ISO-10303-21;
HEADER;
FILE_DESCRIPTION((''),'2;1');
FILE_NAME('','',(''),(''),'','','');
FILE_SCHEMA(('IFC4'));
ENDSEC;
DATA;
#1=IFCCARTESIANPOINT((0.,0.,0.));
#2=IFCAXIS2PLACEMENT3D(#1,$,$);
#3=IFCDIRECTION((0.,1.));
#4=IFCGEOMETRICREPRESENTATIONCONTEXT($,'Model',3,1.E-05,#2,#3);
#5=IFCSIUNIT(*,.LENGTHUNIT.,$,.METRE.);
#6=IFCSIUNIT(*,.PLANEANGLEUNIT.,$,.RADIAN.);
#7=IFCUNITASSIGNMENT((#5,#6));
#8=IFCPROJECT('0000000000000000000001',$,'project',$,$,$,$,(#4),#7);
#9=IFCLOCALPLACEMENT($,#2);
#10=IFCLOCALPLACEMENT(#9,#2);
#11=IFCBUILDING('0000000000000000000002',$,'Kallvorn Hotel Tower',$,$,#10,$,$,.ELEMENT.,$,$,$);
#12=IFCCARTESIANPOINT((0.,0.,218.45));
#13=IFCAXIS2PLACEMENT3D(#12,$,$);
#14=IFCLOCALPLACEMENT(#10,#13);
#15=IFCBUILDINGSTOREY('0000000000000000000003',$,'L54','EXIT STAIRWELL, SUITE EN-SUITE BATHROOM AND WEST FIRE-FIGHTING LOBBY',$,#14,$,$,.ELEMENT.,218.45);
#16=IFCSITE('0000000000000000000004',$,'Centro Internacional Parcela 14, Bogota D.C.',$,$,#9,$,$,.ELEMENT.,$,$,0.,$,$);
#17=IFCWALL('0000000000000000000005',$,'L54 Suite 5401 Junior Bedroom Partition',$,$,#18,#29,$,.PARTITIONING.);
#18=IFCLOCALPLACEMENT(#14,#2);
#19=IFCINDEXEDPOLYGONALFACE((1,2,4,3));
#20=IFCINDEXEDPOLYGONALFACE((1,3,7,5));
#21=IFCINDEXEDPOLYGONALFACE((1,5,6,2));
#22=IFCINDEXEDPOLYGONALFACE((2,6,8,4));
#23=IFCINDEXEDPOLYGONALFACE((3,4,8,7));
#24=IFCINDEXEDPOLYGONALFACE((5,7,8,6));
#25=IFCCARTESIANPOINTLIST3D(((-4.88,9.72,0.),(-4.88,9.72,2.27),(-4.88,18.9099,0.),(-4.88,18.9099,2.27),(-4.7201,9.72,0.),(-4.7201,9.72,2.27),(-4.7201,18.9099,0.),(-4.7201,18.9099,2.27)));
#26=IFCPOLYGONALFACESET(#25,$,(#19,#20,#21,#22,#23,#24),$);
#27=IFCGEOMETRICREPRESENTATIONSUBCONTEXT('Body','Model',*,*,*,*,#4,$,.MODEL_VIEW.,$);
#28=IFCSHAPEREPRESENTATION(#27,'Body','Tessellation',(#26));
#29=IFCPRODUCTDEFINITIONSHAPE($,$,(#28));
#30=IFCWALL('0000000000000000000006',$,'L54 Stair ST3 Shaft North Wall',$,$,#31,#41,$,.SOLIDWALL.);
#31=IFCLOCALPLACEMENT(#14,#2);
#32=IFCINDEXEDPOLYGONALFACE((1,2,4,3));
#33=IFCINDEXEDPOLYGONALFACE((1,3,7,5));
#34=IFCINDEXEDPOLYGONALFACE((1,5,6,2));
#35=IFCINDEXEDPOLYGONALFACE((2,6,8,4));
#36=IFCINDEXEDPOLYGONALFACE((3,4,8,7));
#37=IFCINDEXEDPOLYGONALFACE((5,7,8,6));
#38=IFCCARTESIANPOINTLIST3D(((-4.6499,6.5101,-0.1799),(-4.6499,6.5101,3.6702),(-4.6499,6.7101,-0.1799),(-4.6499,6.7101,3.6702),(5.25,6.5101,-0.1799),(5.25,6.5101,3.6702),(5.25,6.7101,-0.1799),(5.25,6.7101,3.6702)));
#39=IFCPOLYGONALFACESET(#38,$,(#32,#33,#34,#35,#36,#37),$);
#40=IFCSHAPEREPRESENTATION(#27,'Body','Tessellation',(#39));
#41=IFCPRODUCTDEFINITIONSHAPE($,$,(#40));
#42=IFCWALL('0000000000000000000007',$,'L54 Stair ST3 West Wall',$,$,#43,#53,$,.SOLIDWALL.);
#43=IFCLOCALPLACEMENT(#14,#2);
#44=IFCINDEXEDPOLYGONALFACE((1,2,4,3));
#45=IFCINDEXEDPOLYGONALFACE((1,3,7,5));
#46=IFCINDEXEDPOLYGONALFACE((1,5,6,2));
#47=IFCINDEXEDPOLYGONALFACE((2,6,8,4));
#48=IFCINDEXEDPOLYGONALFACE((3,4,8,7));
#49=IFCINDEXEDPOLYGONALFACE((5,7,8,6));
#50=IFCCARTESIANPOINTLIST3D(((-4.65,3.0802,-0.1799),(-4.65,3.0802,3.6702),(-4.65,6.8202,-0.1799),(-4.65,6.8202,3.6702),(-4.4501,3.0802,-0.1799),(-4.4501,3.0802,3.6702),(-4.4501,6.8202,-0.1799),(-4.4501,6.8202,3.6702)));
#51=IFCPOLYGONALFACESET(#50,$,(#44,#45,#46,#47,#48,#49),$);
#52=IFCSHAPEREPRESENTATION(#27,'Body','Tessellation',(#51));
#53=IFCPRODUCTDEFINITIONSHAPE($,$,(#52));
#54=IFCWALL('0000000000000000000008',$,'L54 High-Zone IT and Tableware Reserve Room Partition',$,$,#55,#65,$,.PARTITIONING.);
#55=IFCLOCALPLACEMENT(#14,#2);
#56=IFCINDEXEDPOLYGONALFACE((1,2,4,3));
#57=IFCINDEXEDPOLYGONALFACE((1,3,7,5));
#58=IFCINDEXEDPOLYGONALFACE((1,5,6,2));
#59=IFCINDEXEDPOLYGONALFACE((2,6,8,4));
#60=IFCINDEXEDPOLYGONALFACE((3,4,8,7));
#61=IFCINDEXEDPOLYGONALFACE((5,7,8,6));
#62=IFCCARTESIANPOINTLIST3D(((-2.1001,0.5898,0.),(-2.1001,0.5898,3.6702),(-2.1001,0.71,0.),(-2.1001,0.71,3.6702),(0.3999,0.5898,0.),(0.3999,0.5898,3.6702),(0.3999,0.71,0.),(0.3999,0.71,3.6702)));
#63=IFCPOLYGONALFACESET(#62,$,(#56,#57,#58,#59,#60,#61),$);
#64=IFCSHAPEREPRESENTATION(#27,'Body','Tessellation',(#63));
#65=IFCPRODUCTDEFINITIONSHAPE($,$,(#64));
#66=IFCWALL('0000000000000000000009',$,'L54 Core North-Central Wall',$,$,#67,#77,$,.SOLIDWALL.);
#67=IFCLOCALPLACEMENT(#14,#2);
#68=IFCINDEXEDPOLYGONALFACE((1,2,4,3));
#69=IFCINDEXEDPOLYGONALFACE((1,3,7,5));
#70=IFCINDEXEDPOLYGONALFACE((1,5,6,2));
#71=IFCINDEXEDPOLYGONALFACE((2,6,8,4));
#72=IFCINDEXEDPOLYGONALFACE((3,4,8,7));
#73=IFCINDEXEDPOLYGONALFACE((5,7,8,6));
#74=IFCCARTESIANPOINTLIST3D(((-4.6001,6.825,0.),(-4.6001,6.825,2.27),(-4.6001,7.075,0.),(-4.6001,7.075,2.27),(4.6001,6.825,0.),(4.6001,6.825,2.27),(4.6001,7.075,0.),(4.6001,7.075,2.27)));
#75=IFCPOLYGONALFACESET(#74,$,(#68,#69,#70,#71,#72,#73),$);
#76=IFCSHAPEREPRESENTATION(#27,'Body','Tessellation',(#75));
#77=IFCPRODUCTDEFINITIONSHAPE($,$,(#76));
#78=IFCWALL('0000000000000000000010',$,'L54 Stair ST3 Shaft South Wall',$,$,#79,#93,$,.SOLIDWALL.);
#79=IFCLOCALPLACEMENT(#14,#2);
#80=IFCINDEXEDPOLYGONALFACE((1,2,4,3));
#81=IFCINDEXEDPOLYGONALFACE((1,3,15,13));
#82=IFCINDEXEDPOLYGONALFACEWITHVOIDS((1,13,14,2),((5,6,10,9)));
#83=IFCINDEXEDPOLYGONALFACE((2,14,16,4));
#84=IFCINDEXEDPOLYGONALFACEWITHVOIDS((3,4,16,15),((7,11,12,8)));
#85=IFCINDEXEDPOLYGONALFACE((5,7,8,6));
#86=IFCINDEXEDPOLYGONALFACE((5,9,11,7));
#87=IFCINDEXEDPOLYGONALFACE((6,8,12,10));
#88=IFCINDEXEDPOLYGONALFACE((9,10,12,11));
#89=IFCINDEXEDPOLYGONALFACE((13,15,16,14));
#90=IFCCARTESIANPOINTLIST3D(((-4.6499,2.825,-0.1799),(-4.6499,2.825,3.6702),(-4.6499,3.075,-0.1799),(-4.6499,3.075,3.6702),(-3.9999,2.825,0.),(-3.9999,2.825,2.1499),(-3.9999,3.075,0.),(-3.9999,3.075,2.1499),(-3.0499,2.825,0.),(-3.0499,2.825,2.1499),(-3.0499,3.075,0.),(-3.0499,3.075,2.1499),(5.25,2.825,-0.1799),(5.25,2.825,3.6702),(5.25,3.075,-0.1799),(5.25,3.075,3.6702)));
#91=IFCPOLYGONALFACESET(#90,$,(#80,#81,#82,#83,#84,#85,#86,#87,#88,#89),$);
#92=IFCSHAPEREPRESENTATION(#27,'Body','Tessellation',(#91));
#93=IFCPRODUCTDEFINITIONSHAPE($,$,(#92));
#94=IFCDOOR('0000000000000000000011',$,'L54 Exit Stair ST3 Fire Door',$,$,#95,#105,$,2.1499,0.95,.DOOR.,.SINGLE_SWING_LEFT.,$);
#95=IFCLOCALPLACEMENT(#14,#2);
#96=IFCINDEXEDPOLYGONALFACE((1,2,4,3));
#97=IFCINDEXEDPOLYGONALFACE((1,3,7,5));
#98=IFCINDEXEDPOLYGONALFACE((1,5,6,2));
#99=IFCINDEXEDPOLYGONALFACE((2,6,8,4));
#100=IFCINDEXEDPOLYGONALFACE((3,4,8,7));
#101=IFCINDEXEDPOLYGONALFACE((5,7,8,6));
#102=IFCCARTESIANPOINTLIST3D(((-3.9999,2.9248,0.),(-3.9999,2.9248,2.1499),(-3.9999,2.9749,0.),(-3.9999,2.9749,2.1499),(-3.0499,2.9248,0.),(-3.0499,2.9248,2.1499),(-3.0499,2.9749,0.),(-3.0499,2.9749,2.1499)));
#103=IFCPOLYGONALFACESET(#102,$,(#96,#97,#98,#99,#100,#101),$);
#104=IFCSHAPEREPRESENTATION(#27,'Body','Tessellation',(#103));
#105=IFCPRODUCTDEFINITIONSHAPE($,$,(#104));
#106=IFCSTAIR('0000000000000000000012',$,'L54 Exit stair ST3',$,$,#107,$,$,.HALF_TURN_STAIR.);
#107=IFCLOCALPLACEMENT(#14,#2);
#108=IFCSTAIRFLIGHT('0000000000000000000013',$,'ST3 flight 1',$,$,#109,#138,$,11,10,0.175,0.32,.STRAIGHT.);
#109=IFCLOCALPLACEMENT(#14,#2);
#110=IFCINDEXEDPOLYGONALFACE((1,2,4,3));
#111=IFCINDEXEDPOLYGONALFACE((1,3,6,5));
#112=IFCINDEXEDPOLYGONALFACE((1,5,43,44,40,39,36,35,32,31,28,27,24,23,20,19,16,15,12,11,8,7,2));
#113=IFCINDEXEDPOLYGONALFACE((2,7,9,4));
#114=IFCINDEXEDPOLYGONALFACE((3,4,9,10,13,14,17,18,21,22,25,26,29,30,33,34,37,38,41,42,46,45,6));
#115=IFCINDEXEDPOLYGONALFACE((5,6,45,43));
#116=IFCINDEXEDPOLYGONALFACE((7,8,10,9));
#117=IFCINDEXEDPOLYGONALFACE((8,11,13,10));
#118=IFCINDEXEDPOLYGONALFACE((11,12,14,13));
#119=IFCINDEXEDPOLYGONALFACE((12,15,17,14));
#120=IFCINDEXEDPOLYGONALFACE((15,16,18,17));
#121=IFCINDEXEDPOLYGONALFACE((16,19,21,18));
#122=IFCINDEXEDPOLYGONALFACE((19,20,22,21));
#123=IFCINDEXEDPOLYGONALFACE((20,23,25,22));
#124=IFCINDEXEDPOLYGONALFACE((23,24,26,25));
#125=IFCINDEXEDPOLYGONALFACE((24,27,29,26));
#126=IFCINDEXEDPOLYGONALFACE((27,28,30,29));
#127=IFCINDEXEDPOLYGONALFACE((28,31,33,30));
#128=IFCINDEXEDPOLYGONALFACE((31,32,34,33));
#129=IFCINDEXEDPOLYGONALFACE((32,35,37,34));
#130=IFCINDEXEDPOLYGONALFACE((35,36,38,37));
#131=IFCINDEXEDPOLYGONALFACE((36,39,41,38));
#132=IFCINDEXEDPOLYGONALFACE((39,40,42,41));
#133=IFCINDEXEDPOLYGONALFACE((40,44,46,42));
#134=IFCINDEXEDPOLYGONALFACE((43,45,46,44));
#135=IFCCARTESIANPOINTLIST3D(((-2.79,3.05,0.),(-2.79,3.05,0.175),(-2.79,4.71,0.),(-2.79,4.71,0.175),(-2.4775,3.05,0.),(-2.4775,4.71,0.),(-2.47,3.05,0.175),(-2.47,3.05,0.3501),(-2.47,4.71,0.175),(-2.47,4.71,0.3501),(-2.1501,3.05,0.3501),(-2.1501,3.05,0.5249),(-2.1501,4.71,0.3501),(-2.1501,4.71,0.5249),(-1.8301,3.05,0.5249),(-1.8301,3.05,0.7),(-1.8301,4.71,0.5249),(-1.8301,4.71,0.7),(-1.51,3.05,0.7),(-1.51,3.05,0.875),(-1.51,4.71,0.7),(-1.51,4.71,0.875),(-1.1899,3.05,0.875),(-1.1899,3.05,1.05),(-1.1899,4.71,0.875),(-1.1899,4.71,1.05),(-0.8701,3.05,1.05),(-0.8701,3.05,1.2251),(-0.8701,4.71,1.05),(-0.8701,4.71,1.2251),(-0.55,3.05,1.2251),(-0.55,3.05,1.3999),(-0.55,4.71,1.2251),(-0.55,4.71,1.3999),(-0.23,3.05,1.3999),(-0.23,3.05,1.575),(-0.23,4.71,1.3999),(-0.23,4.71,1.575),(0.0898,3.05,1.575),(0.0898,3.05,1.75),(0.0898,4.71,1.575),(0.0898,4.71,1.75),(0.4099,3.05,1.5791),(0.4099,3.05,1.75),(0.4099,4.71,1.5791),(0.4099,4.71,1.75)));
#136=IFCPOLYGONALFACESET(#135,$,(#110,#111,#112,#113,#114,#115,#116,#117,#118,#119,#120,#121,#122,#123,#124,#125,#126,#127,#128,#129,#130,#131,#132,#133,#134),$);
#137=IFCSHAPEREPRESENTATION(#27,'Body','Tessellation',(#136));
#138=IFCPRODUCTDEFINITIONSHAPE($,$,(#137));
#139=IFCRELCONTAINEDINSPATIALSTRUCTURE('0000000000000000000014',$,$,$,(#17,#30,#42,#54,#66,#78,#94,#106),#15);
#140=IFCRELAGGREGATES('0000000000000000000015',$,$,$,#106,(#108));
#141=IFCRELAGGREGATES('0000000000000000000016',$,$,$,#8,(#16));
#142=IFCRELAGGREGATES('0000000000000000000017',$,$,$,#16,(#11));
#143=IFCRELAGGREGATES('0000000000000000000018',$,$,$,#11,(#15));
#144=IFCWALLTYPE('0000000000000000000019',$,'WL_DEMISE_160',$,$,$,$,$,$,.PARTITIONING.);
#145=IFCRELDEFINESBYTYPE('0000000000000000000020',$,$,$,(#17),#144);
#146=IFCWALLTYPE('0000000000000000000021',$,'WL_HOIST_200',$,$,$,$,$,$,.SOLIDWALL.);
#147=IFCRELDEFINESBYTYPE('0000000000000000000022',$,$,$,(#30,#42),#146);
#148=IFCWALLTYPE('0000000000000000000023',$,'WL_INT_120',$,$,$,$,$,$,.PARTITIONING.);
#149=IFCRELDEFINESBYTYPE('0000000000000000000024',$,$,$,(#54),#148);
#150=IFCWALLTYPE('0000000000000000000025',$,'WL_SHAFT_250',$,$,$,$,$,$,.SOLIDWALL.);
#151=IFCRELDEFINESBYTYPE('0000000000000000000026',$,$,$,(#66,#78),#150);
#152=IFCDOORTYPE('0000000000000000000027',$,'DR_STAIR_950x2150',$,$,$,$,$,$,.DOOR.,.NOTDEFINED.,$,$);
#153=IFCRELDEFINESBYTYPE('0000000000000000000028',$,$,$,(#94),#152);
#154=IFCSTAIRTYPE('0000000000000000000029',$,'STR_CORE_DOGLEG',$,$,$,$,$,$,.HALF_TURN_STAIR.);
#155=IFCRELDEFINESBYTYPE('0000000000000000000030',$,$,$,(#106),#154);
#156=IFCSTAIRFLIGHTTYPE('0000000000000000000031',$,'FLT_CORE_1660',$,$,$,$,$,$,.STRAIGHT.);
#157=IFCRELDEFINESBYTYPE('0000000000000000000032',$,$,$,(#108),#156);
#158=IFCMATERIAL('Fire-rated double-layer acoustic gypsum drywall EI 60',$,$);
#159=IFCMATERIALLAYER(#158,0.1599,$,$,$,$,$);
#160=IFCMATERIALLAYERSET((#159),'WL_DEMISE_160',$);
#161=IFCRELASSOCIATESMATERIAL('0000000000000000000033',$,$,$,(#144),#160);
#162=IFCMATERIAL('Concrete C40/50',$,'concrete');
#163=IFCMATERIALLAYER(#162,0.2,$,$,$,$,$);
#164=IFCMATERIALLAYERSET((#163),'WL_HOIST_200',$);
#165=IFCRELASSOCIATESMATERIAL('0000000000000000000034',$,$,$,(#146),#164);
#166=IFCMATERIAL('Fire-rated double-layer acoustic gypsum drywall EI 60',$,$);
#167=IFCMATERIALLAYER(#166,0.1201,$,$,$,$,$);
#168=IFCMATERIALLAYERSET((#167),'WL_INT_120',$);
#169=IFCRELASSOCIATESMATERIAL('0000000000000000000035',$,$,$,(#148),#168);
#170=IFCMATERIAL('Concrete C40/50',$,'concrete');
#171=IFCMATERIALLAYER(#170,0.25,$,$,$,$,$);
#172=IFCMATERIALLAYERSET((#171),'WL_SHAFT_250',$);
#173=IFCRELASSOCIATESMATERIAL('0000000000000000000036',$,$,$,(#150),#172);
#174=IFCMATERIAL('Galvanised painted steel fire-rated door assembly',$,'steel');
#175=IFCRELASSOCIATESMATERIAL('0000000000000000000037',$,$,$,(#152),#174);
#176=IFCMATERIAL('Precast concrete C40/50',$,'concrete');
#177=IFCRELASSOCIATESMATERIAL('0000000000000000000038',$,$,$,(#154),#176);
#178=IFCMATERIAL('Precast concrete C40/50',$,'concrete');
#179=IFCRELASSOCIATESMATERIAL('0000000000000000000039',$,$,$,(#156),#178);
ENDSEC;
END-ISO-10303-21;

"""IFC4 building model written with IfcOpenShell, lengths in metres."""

from ifc_helpers import new_model, si_unit, direction, frame, frame_2d, origin, place, context, subcontext, project, spatial, polyline, rectangle, outline, extrude, material, layer, layer_set, type_object, element, fill, aggregate, save


model = new_model("IFC4")

# Units and contexts
model_context = context("Model", 3, precision=1e-05, world=origin(), true_north=direction((0.0, 1.0)))
body_context = subcontext(model_context, "Body", "Model", "MODEL_VIEW")
ifc_project = project(units=[si_unit("LENGTHUNIT", "METRE"), si_unit("PLANEANGLEUNIT", "RADIAN")], contexts=[model_context])

# Site, building, storey
site_placement = place(None, origin())
site = spatial("IfcSite", under=ifc_project, at=site_placement, Name="Centro Internacional Parcela 14, Bogota D.C.", CompositionType="ELEMENT", RefElevation=0.0)
building_placement = place(site_placement, origin())
building = spatial("IfcBuilding", under=site, at=building_placement, Name="Kallvorn Hotel Tower", CompositionType="ELEMENT")
storey_placement = place(building_placement, frame((0.0, 0.0, 218.45)))
storey = spatial("IfcBuildingStorey", under=building, at=storey_placement, Name="L54", Description="EXIT STAIRWELL, SUITE EN-SUITE BATHROOM AND WEST FIRE-FIGHTING LOBBY", CompositionType="ELEMENT", Elevation=218.45)

# Walls
ifc_material_1 = material(Name="Fire-rated double-layer acoustic gypsum drywall EI 60")
ifc_layer_1 = layer(ifc_material_1, 0.1599)
ifc_layer_set_1 = layer_set([ifc_layer_1], Name="WL_DEMISE_160")
wall_type_1 = type_object("IfcWallType", Name="WL_DEMISE_160", PredefinedType="PARTITIONING", material=ifc_layer_set_1)
wall_1_placement = place(storey_placement, frame((-4.8, 9.72, 0.0), z_axis=(0.0, 0.0, 1.0), x_axis=(0.0, 1.0, 0.0)))
element("IfcWall", 1, at=wall_1_placement, inside=storey, type_object=wall_type_1, Name="L54 Suite 5401 Junior Bedroom Partition", PredefinedType="PARTITIONING", context=body_context, shape_type="SweptSolid", body=[
    extrude(rectangle(XDim=9.1899, YDim=0.1599, at=frame_2d((4.595, 0.0))), origin(), (0.0, 0.0, 1.0), 2.27),
])
ifc_material_2 = material(Name="Concrete C40/50", Category="concrete")
ifc_layer_2 = layer(ifc_material_2, 0.2)
ifc_layer_set_2 = layer_set([ifc_layer_2], Name="WL_HOIST_200")
wall_type_2 = type_object("IfcWallType", Name="WL_HOIST_200", PredefinedType="SOLIDWALL", material=ifc_layer_set_2)
wall_2_placement = place(storey_placement, frame((-4.6499, 6.6101, -0.1799), z_axis=(0.0, 0.0, 1.0), x_axis=(1.0, 0.0, 0.0)))
element("IfcWall", 2, at=wall_2_placement, inside=storey, type_object=wall_type_2, Name="L54 Stair ST3 Shaft North Wall", PredefinedType="SOLIDWALL", context=body_context, shape_type="SweptSolid", body=[
    extrude(rectangle(XDim=9.8999, YDim=0.2, at=frame_2d((4.95, 0.0))), origin(), (0.0, 0.0, 1.0), 3.8501),
])
wall_3_placement = place(storey_placement, frame((-4.55, 3.0801, -0.1799), z_axis=(0.0, 0.0, 1.0), x_axis=(0.0, 1.0, 0.0)))
element("IfcWall", 3, at=wall_3_placement, inside=storey, type_object=wall_type_2, Name="L54 Stair ST3 West Wall", PredefinedType="SOLIDWALL", context=body_context, shape_type="SweptSolid", body=[
    extrude(rectangle(XDim=3.74, YDim=0.2, at=frame_2d((1.8701, 0.0))), origin(), (0.0, 0.0, 1.0), 3.8501),
])
ifc_material_3 = material(Name="Fire-rated double-layer acoustic gypsum drywall EI 60")
ifc_layer_3 = layer(ifc_material_3, 0.1201)
ifc_layer_set_3 = layer_set([ifc_layer_3], Name="WL_INT_120")
wall_type_3 = type_object("IfcWallType", Name="WL_INT_120", PredefinedType="PARTITIONING", material=ifc_layer_set_3)
wall_4_placement = place(storey_placement, frame((-2.1001, 0.6499, 0.0), z_axis=(0.0, 0.0, 1.0), x_axis=(1.0, 0.0, 0.0)))
element("IfcWall", 4, at=wall_4_placement, inside=storey, type_object=wall_type_3, Name="L54 High-Zone IT and Tableware Reserve Room Partition", PredefinedType="PARTITIONING", context=body_context, shape_type="SweptSolid", body=[
    extrude(rectangle(XDim=2.5, YDim=0.1201, at=frame_2d((1.25, 0.0))), origin(), (0.0, 0.0, 1.0), 3.6702),
])
ifc_material_4 = material(Name="Concrete C40/50", Category="concrete")
ifc_layer_4 = layer(ifc_material_4, 0.25)
ifc_layer_set_4 = layer_set([ifc_layer_4], Name="WL_SHAFT_250")
wall_type_4 = type_object("IfcWallType", Name="WL_SHAFT_250", PredefinedType="SOLIDWALL", material=ifc_layer_set_4)
wall_5_placement = place(storey_placement, frame((-4.6001, 6.95, 0.0), z_axis=(0.0, 0.0, 1.0), x_axis=(1.0, 0.0, 0.0)))
element("IfcWall", 5, at=wall_5_placement, inside=storey, type_object=wall_type_4, Name="L54 Core North-Central Wall", PredefinedType="SOLIDWALL", context=body_context, shape_type="SweptSolid", body=[
    extrude(rectangle(XDim=9.2002, YDim=0.25, at=frame_2d((4.6001, 0.0))), origin(), (0.0, 0.0, 1.0), 2.27),
])

# Wall, opening, door
wall_6_placement = place(storey_placement, frame((-4.6499, 2.95, -0.1799), z_axis=(0.0, 0.0, 1.0), x_axis=(1.0, 0.0, 0.0)))
wall_6 = element("IfcWall", 6, at=wall_6_placement, inside=storey, type_object=wall_type_4, Name="L54 Stair ST3 Shaft South Wall", PredefinedType="SOLIDWALL", context=body_context, shape_type="SweptSolid", body=[
    extrude(rectangle(XDim=9.8999, YDim=0.25, at=frame_2d((4.95, 0.0))), origin(), (0.0, 0.0, 1.0), 3.8501),
])
opening_placement = place(wall_6_placement, frame((0.6499, 0.0, 0.1799)))
opening = element("IfcOpeningElement", 7, at=opening_placement, cuts=wall_6, PredefinedType="OPENING", context=body_context, shape_type="SweptSolid", body=[
    extrude(rectangle(XDim=0.95, YDim=2.1499, at=frame_2d((0.4751, 1.075))), frame((0.0, 0.1399, 0.0), z_axis=(0.0, -1.0, 0.0), x_axis=(1.0, 0.0, 0.0)), (0.0, 0.0, 1.0), 0.28),
])
ifc_material_5 = material(Name="Galvanised painted steel fire-rated door assembly", Category="steel")
door_type = type_object("IfcDoorType", Name="DR_STAIR_950x2150", OperationType="NOTDEFINED", PredefinedType="DOOR", material=ifc_material_5)
door_placement = place(opening_placement, origin())
door = element("IfcDoor", 8, at=door_placement, inside=storey, type_object=door_type, Name="L54 Exit Stair ST3 Fire Door", OperationType="SINGLE_SWING_LEFT", OverallHeight=2.1499, OverallWidth=0.95, PredefinedType="DOOR", context=body_context, shape_type="SweptSolid", body=[
    extrude(rectangle(XDim=0.95, YDim=2.1499, at=frame_2d((0.4751, 1.075))), frame((0.0, 0.0249, 0.0), z_axis=(0.0, -1.0, 0.0), x_axis=(1.0, 0.0, 0.0)), (0.0, 0.0, 1.0), 0.05),
])
fill(opening, door)

# Stair, stair flight
ifc_material_6 = material(Name="Precast concrete C40/50", Category="concrete")
stair_type = type_object("IfcStairType", Name="STR_CORE_DOGLEG", PredefinedType="HALF_TURN_STAIR", material=ifc_material_6)
stair_placement = place(storey_placement, origin())
stair = element("IfcStair", 9, at=stair_placement, inside=storey, type_object=stair_type, Name="L54 Exit stair ST3", PredefinedType="HALF_TURN_STAIR")
ifc_material_7 = material(Name="Precast concrete C40/50", Category="concrete")
stair_flight_type = type_object("IfcStairFlightType", Name="FLT_CORE_1660", PredefinedType="STRAIGHT", material=ifc_material_7)
stair_flight_placement = place(storey_placement, frame((-2.79, 3.8799, 0.0), z_axis=(0.0, 0.0, 1.0), x_axis=(1.0, 0.0, 0.0)))
stair_flight = element("IfcStairFlight", 10, at=stair_flight_placement, type_object=stair_flight_type, Name="ST3 flight 1", NumberOfRisers=11, NumberOfTreads=10, PredefinedType="STRAIGHT", RiserHeight=0.175, TreadLength=0.32, context=body_context, shape_type="SweptSolid", body=[
    extrude(outline(polyline([(0.0, 0.0), (0.0, 0.175), (0.3201, 0.175), (0.3201, 0.3501), (0.6399, 0.3501), (0.6399, 0.5249), (0.96, 0.5249), (0.96, 0.7), (1.28, 0.7), (1.28, 0.875), (1.6001, 0.875), (1.6001, 1.05), (1.9199, 1.05), (1.9199, 1.2251), (2.24, 1.2251), (2.24, 1.3999), (2.5601, 1.3999), (2.5601, 1.575), (2.8799, 1.575), (2.8799, 1.75), (3.2, 1.75), (3.2, 1.925), (3.2, 1.5791), (0.3125, 0.0), (0.0, 0.0)])), frame((0.0, 0.8301, 0.0), z_axis=(0.0, -1.0, 0.0), x_axis=(1.0, 0.0, 0.0)), (0.0, 0.0, 1.0), 1.6599),
])
aggregate(stair, [stair_flight])

save(model, "model.ifc")
